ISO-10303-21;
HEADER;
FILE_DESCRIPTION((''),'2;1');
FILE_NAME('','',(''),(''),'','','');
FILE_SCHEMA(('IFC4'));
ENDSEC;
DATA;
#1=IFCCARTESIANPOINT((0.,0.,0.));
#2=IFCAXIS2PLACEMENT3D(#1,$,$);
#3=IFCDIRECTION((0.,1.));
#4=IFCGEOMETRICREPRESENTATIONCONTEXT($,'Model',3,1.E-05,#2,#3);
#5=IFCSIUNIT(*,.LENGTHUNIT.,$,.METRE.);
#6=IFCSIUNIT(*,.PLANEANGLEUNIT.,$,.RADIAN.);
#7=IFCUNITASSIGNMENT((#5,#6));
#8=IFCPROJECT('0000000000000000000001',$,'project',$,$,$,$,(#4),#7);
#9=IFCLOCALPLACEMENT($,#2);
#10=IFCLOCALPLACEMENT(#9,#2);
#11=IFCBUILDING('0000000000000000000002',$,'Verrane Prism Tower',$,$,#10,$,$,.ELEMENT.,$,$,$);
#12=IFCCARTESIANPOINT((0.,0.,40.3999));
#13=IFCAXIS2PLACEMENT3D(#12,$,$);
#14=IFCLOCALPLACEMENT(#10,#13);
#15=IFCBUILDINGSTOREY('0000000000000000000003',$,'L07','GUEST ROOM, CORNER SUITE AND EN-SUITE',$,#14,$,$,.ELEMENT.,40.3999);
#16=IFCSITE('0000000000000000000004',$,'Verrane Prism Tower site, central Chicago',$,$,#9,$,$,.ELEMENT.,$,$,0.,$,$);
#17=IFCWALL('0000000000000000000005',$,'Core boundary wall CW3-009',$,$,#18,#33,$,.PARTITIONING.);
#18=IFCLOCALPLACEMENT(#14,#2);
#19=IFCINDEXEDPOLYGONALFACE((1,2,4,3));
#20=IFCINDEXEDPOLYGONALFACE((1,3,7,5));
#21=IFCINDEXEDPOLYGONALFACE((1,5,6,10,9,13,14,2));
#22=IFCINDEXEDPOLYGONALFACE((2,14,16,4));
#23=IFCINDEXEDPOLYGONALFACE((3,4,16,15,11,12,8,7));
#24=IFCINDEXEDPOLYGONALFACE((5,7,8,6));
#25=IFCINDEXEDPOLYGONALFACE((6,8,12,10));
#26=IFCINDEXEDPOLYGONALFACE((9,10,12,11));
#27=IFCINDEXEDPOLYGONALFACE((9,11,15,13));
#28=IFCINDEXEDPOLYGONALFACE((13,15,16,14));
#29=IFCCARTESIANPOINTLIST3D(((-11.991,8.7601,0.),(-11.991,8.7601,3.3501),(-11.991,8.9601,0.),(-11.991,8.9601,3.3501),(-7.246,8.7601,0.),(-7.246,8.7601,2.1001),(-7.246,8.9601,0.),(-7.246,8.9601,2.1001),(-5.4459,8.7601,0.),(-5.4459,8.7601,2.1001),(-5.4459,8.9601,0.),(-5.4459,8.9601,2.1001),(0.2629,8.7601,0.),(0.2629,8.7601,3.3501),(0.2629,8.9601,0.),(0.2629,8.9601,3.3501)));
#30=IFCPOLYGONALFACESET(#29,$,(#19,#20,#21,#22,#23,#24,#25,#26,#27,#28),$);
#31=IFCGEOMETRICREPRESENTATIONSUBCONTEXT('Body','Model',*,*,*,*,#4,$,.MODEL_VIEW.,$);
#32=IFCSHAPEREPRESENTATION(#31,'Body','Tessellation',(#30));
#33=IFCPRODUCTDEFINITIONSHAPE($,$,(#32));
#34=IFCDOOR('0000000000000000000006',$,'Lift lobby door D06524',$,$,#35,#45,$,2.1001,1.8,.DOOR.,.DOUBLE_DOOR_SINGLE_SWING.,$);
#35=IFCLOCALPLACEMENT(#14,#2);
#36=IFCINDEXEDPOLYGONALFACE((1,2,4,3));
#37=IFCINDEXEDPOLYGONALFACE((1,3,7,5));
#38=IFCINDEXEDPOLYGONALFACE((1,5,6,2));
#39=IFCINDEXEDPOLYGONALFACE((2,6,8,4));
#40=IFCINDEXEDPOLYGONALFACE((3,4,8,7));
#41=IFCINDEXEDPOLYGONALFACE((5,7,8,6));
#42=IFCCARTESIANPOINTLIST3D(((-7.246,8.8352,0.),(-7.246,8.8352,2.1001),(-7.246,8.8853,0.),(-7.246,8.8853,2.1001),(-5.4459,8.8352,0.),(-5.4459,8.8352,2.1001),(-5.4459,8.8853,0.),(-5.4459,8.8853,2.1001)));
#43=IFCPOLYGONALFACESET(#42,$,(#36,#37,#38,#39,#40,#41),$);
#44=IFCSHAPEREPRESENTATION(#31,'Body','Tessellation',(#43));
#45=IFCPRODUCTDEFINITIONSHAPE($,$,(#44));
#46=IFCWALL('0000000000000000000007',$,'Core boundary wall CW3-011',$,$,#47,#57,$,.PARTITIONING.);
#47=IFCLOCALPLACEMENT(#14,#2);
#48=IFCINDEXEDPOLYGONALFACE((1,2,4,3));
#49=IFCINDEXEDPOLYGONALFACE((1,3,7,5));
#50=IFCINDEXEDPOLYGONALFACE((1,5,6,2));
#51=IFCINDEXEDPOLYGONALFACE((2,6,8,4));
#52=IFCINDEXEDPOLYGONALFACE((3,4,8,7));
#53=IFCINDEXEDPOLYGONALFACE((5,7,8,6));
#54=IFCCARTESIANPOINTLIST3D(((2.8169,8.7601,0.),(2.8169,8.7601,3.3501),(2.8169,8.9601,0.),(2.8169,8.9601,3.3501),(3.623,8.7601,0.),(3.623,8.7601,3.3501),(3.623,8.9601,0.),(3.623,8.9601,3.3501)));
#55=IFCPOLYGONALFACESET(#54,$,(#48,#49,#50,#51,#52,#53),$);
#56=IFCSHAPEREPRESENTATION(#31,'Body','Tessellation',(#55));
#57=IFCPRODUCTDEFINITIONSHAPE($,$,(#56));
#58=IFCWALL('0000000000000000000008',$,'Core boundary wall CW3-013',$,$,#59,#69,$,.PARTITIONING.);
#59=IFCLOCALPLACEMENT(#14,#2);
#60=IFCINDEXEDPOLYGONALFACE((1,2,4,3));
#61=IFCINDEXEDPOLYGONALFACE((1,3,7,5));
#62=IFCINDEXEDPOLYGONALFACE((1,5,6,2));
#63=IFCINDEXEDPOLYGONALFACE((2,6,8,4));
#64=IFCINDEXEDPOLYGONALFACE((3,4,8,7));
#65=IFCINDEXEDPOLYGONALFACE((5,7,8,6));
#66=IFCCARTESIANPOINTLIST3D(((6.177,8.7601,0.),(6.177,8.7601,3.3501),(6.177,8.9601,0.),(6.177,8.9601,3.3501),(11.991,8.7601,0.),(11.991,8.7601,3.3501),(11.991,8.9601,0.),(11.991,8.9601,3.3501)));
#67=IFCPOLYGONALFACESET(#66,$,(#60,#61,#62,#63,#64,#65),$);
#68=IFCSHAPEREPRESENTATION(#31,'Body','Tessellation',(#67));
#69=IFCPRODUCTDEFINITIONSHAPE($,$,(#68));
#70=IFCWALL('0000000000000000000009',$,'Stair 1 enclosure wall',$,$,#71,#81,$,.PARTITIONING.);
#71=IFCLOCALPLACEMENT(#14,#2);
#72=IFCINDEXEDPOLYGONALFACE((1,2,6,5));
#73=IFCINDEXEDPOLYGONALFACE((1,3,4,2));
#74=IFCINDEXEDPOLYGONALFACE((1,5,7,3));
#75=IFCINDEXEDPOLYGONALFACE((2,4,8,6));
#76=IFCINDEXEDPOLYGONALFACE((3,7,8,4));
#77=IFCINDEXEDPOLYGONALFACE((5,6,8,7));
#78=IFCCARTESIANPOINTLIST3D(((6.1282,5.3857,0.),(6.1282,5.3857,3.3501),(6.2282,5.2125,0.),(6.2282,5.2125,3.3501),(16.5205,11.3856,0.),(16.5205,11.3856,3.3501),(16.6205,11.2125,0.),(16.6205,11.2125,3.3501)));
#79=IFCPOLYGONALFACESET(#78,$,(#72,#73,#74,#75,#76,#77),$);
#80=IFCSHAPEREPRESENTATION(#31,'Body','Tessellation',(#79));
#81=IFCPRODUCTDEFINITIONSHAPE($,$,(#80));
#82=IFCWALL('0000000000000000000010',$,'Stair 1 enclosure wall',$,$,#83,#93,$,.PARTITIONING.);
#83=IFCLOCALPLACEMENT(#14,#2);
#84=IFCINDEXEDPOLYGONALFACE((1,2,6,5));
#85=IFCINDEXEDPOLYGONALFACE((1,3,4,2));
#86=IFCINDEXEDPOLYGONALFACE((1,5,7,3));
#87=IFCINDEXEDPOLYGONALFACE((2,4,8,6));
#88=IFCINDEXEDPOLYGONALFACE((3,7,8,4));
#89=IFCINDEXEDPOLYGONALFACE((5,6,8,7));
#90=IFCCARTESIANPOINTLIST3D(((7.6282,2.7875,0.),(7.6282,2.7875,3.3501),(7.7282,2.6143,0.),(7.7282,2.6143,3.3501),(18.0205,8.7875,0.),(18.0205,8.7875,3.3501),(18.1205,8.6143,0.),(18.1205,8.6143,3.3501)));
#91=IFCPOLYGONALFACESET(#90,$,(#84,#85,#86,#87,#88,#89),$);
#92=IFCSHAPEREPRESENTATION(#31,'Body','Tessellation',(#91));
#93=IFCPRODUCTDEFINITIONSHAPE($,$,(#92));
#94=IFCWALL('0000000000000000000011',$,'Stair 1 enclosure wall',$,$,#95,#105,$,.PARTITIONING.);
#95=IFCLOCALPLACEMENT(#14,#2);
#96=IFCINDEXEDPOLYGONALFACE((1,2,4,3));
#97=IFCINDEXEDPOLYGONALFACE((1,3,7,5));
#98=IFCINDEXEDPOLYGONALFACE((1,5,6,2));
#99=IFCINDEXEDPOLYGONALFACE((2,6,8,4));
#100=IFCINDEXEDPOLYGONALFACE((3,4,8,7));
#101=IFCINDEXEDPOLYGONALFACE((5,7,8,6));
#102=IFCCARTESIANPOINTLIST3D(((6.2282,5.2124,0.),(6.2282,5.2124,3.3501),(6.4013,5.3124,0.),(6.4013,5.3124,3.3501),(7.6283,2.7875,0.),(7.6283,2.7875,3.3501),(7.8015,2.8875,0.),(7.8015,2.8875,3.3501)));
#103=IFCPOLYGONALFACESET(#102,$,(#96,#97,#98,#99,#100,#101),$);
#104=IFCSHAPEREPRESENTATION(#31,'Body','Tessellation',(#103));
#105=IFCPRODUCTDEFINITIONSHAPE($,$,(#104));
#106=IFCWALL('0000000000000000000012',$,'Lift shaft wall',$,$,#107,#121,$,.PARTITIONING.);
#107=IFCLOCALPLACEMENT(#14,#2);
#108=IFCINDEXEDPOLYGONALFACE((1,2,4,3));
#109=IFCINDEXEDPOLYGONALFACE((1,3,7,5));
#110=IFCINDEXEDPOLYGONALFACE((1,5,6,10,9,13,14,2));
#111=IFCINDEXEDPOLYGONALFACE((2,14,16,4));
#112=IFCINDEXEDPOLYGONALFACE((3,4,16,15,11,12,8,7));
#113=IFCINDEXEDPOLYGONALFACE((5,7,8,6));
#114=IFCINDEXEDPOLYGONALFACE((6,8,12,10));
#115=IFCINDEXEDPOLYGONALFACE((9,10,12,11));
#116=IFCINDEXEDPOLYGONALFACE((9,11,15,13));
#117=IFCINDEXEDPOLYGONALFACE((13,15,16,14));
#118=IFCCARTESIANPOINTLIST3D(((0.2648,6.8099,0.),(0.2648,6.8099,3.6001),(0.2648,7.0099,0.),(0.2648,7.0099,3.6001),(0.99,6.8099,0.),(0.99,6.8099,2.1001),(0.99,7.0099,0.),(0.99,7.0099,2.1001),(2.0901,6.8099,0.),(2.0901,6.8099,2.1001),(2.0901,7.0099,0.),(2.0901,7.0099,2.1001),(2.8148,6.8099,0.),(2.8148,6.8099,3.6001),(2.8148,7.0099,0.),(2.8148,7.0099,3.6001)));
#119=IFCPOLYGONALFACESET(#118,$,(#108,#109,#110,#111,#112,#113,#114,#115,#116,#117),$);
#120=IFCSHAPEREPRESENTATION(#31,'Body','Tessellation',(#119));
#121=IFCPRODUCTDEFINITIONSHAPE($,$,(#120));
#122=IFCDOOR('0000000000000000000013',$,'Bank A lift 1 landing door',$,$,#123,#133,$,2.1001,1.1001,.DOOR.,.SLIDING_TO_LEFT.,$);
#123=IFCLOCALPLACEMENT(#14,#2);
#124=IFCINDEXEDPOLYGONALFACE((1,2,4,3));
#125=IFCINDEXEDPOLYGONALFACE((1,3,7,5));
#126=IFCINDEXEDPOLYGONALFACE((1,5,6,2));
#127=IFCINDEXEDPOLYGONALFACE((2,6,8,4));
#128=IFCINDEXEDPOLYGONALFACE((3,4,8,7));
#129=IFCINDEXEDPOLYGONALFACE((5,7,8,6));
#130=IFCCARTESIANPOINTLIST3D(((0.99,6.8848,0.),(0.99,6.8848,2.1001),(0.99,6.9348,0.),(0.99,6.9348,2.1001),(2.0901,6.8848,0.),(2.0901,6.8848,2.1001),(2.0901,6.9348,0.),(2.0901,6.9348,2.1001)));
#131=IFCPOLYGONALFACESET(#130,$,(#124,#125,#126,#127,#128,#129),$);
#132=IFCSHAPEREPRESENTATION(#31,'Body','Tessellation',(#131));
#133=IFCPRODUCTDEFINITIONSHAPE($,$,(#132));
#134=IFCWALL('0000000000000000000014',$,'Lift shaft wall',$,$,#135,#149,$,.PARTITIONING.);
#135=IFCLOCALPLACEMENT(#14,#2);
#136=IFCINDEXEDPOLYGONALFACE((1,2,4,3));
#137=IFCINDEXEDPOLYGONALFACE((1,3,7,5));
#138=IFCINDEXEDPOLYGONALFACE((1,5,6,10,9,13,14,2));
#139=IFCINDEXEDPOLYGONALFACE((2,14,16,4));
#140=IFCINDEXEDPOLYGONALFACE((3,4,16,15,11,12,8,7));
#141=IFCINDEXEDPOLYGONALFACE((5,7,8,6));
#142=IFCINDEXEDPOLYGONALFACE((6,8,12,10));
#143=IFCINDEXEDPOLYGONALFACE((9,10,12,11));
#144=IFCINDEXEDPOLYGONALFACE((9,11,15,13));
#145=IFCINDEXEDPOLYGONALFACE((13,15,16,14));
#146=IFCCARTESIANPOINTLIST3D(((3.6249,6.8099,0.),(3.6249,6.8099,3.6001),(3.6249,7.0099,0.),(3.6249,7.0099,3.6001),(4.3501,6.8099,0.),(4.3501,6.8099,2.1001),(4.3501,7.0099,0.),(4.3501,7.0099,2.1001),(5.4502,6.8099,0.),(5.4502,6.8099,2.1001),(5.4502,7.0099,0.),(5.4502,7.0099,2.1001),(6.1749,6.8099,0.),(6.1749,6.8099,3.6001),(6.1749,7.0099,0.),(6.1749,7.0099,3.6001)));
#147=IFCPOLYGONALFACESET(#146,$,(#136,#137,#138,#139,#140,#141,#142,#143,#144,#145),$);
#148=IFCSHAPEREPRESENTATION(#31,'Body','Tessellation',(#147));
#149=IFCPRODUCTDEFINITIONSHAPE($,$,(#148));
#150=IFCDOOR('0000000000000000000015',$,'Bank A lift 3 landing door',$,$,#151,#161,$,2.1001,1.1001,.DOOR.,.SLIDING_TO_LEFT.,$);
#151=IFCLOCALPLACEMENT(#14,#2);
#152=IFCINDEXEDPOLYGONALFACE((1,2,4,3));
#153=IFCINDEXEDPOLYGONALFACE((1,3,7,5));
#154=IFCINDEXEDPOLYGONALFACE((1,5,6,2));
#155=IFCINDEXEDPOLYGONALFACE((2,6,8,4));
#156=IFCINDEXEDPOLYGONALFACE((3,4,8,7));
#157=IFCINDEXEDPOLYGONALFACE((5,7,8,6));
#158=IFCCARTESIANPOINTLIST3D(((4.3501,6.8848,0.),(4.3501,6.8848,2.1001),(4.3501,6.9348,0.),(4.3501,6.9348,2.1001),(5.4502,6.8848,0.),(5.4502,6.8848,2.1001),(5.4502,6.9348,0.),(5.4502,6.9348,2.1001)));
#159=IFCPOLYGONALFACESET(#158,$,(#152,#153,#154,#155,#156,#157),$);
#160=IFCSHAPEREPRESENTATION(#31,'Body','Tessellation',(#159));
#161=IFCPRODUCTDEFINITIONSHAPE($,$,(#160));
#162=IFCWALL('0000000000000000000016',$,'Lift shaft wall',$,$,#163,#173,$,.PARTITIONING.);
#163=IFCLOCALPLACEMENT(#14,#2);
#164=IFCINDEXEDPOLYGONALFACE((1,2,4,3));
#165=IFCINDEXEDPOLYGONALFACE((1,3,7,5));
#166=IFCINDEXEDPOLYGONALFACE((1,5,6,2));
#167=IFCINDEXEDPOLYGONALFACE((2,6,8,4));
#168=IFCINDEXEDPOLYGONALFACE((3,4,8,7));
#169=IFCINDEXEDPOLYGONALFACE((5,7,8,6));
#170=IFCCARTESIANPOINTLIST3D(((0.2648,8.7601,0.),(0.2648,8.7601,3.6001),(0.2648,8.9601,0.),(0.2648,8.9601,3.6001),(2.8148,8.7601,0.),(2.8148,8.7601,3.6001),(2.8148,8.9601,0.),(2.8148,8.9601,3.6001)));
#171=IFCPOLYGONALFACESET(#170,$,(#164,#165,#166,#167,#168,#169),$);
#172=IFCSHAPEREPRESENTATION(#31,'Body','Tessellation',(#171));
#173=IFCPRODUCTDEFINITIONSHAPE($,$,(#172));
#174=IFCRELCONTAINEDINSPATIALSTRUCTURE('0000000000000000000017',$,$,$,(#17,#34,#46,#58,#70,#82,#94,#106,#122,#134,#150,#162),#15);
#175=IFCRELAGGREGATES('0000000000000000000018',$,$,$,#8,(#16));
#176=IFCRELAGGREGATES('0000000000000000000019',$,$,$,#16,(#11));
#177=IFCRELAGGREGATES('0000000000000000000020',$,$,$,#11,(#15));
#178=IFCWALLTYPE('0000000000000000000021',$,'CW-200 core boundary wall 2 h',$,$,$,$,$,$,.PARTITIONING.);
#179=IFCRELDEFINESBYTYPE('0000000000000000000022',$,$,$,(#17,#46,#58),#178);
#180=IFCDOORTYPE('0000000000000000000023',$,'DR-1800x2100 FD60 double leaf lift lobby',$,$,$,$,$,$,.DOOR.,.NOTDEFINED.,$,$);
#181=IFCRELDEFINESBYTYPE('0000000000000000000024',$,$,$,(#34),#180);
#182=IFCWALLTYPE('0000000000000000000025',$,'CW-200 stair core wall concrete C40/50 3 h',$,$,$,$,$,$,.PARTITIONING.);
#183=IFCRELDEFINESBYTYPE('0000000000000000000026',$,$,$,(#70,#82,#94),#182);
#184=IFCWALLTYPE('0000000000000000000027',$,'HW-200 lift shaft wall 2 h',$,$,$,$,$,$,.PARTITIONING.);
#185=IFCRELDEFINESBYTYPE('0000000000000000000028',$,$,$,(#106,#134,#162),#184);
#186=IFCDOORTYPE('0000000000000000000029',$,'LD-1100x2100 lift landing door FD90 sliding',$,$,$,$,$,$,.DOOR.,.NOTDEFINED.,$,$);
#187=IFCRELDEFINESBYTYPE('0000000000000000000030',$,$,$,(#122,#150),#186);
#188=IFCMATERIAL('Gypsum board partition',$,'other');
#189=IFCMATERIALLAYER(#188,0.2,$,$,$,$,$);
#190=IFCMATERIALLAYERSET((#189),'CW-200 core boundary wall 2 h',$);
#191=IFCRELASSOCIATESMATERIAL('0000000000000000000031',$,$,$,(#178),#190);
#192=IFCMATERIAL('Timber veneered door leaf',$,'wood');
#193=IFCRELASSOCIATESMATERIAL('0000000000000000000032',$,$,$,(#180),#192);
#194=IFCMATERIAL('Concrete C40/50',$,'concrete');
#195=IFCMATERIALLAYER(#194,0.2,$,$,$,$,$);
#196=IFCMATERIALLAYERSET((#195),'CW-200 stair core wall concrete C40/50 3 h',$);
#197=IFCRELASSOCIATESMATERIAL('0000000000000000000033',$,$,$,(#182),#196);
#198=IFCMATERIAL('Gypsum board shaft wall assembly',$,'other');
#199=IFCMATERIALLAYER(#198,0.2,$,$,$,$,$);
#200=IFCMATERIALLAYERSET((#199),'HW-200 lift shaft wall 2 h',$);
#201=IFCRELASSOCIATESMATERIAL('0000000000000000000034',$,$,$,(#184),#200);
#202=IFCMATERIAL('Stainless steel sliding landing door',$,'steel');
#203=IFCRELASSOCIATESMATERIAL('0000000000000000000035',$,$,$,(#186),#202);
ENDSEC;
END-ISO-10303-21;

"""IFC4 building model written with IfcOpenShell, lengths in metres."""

from ifc_helpers import new_model, si_unit, direction, frame, frame_2d, origin, place, context, subcontext, project, spatial, rectangle, extrude, material, layer, layer_set, type_object, element, fill, save


model = new_model("IFC4")

# Units and contexts
model_context = context("Model", 3, precision=1e-05, world=origin(), true_north=direction((0.0, 1.0)))
body_context = subcontext(model_context, "Body", "Model", "MODEL_VIEW")
ifc_project = project(units=[si_unit("LENGTHUNIT", "METRE"), si_unit("PLANEANGLEUNIT", "RADIAN")], contexts=[model_context])

# Site, building, storey
site_placement = place(None, origin())
site = spatial("IfcSite", under=ifc_project, at=site_placement, Name="Verrane Prism Tower site, central Chicago", CompositionType="ELEMENT", RefElevation=0.0)
building_placement = place(site_placement, origin())
building = spatial("IfcBuilding", under=site, at=building_placement, Name="Verrane Prism Tower", CompositionType="ELEMENT")
storey_placement = place(building_placement, frame((0.0, 0.0, 40.3999)))
storey = spatial("IfcBuildingStorey", under=building, at=storey_placement, Name="L07", Description="GUEST ROOM, CORNER SUITE AND EN-SUITE", CompositionType="ELEMENT", Elevation=40.3999)

# Wall, opening, door
ifc_material_1 = material(Name="Gypsum board partition", Category="other")
ifc_layer_1 = layer(ifc_material_1, 0.2)
ifc_layer_set_1 = layer_set([ifc_layer_1], Name="CW-200 core boundary wall 2 h")
wall_type_1 = type_object("IfcWallType", Name="CW-200 core boundary wall 2 h", PredefinedType="PARTITIONING", material=ifc_layer_set_1)
wall_1_placement = place(storey_placement, frame((0.2629, 8.8601, 0.0), z_axis=(0.0, 0.0, 1.0), x_axis=(-1.0, 0.0, 0.0)))
wall_1 = element("IfcWall", 1, at=wall_1_placement, inside=storey, type_object=wall_type_1, Name="Core boundary wall CW3-009", PredefinedType="PARTITIONING", context=body_context, shape_type="SweptSolid", body=[
    extrude(rectangle(XDim=12.2539, YDim=0.2, at=frame_2d((6.127, 0.0))), origin(), (0.0, 0.0, 1.0), 3.3501),
])
opening_1_placement = place(wall_1_placement, frame((5.709, 0.0, 0.0)))
opening_1 = element("IfcOpeningElement", 2, at=opening_1_placement, cuts=wall_1, PredefinedType="OPENING", context=body_context, shape_type="SweptSolid", body=[
    extrude(rectangle(XDim=1.8, YDim=2.1001, at=frame_2d((0.8999, 1.05))), frame((0.0, 0.1099, 0.0), z_axis=(0.0, -1.0, 0.0), x_axis=(1.0, 0.0, 0.0)), (0.0, 0.0, 1.0), 0.22),
])
ifc_material_2 = material(Name="Timber veneered door leaf", Category="wood")
door_type_1 = type_object("IfcDoorType", Name="DR-1800x2100 FD60 double leaf lift lobby", OperationType="NOTDEFINED", PredefinedType="DOOR", material=ifc_material_2)
door_1_placement = place(opening_1_placement, origin())
door_1 = element("IfcDoor", 3, at=door_1_placement, inside=storey, type_object=door_type_1, Name="Lift lobby door D06524", OperationType="DOUBLE_DOOR_SINGLE_SWING", OverallHeight=2.1001, OverallWidth=1.8, PredefinedType="DOOR", context=body_context, shape_type="SweptSolid", body=[
    extrude(rectangle(XDim=1.8, YDim=2.1001, at=frame_2d((0.8999, 1.05))), frame((0.0, 0.0249, 0.0), z_axis=(0.0, -1.0, 0.0), x_axis=(1.0, 0.0, 0.0)), (0.0, 0.0, 1.0), 0.05),
])
fill(opening_1, door_1)

# Walls
wall_2_placement = place(storey_placement, frame((2.8169, 8.8601, 0.0), z_axis=(0.0, 0.0, 1.0), x_axis=(1.0, 0.0, 0.0)))
element("IfcWall", 4, at=wall_2_placement, inside=storey, type_object=wall_type_1, Name="Core boundary wall CW3-011", PredefinedType="PARTITIONING", context=body_context, shape_type="SweptSolid", body=[
    extrude(rectangle(XDim=0.8062, YDim=0.2, at=frame_2d((0.4031, 0.0))), origin(), (0.0, 0.0, 1.0), 3.3501),
])
wall_3_placement = place(storey_placement, frame((6.177, 8.8601, 0.0), z_axis=(0.0, 0.0, 1.0), x_axis=(1.0, 0.0, 0.0)))
element("IfcWall", 5, at=wall_3_placement, inside=storey, type_object=wall_type_1, Name="Core boundary wall CW3-013", PredefinedType="PARTITIONING", context=body_context, shape_type="SweptSolid", body=[
    extrude(rectangle(XDim=5.814, YDim=0.2, at=frame_2d((2.907, 0.0))), origin(), (0.0, 0.0, 1.0), 3.3501),
])
ifc_material_3 = material(Name="Concrete C40/50", Category="concrete")
ifc_layer_2 = layer(ifc_material_3, 0.2)
ifc_layer_set_2 = layer_set([ifc_layer_2], Name="CW-200 stair core wall concrete C40/50 3 h")
wall_type_2 = type_object("IfcWallType", Name="CW-200 stair core wall concrete C40/50 3 h", PredefinedType="PARTITIONING", material=ifc_layer_set_2)
for number, where, z_axis, x_axis, name in (
    (6, (6.1782, 5.2991, 0.0), (0.0, 0.0, 1.0), (0.866026, 0.499999, 0.0), "Stair 1 enclosure wall"),
    (7, (7.6782, 2.7009, 0.0), (0.0, 0.0, 1.0), (0.866026, 0.499999, 0.0), "Stair 1 enclosure wall"),
):
    element("IfcWall", number, at=place(storey_placement, frame(where, z_axis=z_axis, x_axis=x_axis)), inside=storey, type_object=wall_type_2, Name=name, PredefinedType="PARTITIONING", context=body_context, shape_type="SweptSolid", body=[
        extrude(rectangle(XDim=12.0, YDim=0.2, at=frame_2d((6.0, 0.0))), origin(), (0.0, 0.0, 1.0), 3.3501),
    ])
wall_4_placement = place(storey_placement, frame((7.7148, 2.8376, 0.0), z_axis=(0.0, 0.0, 1.0), x_axis=(-0.50005, 0.865997, 0.0)))
element("IfcWall", 8, at=wall_4_placement, inside=storey, type_object=wall_type_2, Name="Stair 1 enclosure wall", PredefinedType="PARTITIONING", context=body_context, shape_type="SweptSolid", body=[
    extrude(rectangle(XDim=2.8, YDim=0.2, at=frame_2d((1.3999, 0.0))), origin(), (0.0, 0.0, 1.0), 3.3501),
])

# Walls, openings, doors
ifc_material_4 = material(Name="Gypsum board shaft wall assembly", Category="other")
ifc_layer_3 = layer(ifc_material_4, 0.2)
ifc_layer_set_3 = layer_set([ifc_layer_3], Name="HW-200 lift shaft wall 2 h")
wall_type_3 = type_object("IfcWallType", Name="HW-200 lift shaft wall 2 h", PredefinedType="PARTITIONING", material=ifc_layer_set_3)
wall_5_placement = place(storey_placement, frame((0.2649, 6.9099, 0.0), z_axis=(0.0, 0.0, 1.0), x_axis=(1.0, 0.0, 0.0)))
wall_5 = element("IfcWall", 9, at=wall_5_placement, inside=storey, type_object=wall_type_3, Name="Lift shaft wall", PredefinedType="PARTITIONING", context=body_context, shape_type="SweptSolid", body=[
    extrude(rectangle(XDim=2.55, YDim=0.2, at=frame_2d((1.2749, 0.0))), origin(), (0.0, 0.0, 1.0), 3.6001),
])
opening_2_placement = place(wall_5_placement, frame((0.7251, 0.0, 0.0)))
opening_2 = element("IfcOpeningElement", 10, at=opening_2_placement, cuts=wall_5, PredefinedType="OPENING", context=body_context, shape_type="SweptSolid", body=[
    extrude(rectangle(XDim=1.1001, YDim=2.1001, at=frame_2d((0.55, 1.05))), frame((0.0, 0.1099, 0.0), z_axis=(0.0, -1.0, 0.0), x_axis=(1.0, 0.0, 0.0)), (0.0, 0.0, 1.0), 0.22),
])
ifc_material_5 = material(Name="Stainless steel sliding landing door", Category="steel")
door_type_2 = type_object("IfcDoorType", Name="LD-1100x2100 lift landing door FD90 sliding", OperationType="NOTDEFINED", PredefinedType="DOOR", material=ifc_material_5)
door_2_placement = place(opening_2_placement, origin())
door_2 = element("IfcDoor", 11, at=door_2_placement, inside=storey, type_object=door_type_2, Name="Bank A lift 1 landing door", OperationType="SLIDING_TO_LEFT", OverallHeight=2.1001, OverallWidth=1.1001, PredefinedType="DOOR", context=body_context, shape_type="SweptSolid", body=[
    extrude(rectangle(XDim=1.1001, YDim=2.1001, at=frame_2d((0.55, 1.05))), frame((0.0, 0.0249, 0.0), z_axis=(0.0, -1.0, 0.0), x_axis=(1.0, 0.0, 0.0)), (0.0, 0.0, 1.0), 0.05),
])
fill(opening_2, door_2)
wall_6_placement = place(storey_placement, frame((3.625, 6.9099, 0.0), z_axis=(0.0, 0.0, 1.0), x_axis=(1.0, 0.0, 0.0)))
wall_6 = element("IfcWall", 12, at=wall_6_placement, inside=storey, type_object=wall_type_3, Name="Lift shaft wall", PredefinedType="PARTITIONING", context=body_context, shape_type="SweptSolid", body=[
    extrude(rectangle(XDim=2.55, YDim=0.2, at=frame_2d((1.2749, 0.0))), origin(), (0.0, 0.0, 1.0), 3.6001),
])
opening_3_placement = place(wall_6_placement, frame((0.7251, 0.0, 0.0)))
opening_3 = element("IfcOpeningElement", 13, at=opening_3_placement, cuts=wall_6, PredefinedType="OPENING", context=body_context, shape_type="SweptSolid", body=[
    extrude(rectangle(XDim=1.1001, YDim=2.1001, at=frame_2d((0.55, 1.05))), frame((0.0, 0.1099, 0.0), z_axis=(0.0, -1.0, 0.0), x_axis=(1.0, 0.0, 0.0)), (0.0, 0.0, 1.0), 0.22),
])
door_3_placement = place(opening_3_placement, origin())
door_3 = element("IfcDoor", 14, at=door_3_placement, inside=storey, type_object=door_type_2, Name="Bank A lift 3 landing door", OperationType="SLIDING_TO_LEFT", OverallHeight=2.1001, OverallWidth=1.1001, PredefinedType="DOOR", context=body_context, shape_type="SweptSolid", body=[
    extrude(rectangle(XDim=1.1001, YDim=2.1001, at=frame_2d((0.55, 1.05))), frame((0.0, 0.0249, 0.0), z_axis=(0.0, -1.0, 0.0), x_axis=(1.0, 0.0, 0.0)), (0.0, 0.0, 1.0), 0.05),
])
fill(opening_3, door_3)

# Wall
for number, where, z_axis, x_axis, name in (
    (15, (0.2649, 8.8601, 0.0), (0.0, 0.0, 1.0), (1.0, 0.0, 0.0), "Lift shaft wall"),
):
    element("IfcWall", number, at=place(storey_placement, frame(where, z_axis=z_axis, x_axis=x_axis)), inside=storey, type_object=wall_type_3, Name=name, PredefinedType="PARTITIONING", context=body_context, shape_type="SweptSolid", body=[
        extrude(rectangle(XDim=2.55, YDim=0.2, at=frame_2d((1.2749, 0.0))), origin(), (0.0, 0.0, 1.0), 3.6001),
    ])

save(model, "model.ifc")
